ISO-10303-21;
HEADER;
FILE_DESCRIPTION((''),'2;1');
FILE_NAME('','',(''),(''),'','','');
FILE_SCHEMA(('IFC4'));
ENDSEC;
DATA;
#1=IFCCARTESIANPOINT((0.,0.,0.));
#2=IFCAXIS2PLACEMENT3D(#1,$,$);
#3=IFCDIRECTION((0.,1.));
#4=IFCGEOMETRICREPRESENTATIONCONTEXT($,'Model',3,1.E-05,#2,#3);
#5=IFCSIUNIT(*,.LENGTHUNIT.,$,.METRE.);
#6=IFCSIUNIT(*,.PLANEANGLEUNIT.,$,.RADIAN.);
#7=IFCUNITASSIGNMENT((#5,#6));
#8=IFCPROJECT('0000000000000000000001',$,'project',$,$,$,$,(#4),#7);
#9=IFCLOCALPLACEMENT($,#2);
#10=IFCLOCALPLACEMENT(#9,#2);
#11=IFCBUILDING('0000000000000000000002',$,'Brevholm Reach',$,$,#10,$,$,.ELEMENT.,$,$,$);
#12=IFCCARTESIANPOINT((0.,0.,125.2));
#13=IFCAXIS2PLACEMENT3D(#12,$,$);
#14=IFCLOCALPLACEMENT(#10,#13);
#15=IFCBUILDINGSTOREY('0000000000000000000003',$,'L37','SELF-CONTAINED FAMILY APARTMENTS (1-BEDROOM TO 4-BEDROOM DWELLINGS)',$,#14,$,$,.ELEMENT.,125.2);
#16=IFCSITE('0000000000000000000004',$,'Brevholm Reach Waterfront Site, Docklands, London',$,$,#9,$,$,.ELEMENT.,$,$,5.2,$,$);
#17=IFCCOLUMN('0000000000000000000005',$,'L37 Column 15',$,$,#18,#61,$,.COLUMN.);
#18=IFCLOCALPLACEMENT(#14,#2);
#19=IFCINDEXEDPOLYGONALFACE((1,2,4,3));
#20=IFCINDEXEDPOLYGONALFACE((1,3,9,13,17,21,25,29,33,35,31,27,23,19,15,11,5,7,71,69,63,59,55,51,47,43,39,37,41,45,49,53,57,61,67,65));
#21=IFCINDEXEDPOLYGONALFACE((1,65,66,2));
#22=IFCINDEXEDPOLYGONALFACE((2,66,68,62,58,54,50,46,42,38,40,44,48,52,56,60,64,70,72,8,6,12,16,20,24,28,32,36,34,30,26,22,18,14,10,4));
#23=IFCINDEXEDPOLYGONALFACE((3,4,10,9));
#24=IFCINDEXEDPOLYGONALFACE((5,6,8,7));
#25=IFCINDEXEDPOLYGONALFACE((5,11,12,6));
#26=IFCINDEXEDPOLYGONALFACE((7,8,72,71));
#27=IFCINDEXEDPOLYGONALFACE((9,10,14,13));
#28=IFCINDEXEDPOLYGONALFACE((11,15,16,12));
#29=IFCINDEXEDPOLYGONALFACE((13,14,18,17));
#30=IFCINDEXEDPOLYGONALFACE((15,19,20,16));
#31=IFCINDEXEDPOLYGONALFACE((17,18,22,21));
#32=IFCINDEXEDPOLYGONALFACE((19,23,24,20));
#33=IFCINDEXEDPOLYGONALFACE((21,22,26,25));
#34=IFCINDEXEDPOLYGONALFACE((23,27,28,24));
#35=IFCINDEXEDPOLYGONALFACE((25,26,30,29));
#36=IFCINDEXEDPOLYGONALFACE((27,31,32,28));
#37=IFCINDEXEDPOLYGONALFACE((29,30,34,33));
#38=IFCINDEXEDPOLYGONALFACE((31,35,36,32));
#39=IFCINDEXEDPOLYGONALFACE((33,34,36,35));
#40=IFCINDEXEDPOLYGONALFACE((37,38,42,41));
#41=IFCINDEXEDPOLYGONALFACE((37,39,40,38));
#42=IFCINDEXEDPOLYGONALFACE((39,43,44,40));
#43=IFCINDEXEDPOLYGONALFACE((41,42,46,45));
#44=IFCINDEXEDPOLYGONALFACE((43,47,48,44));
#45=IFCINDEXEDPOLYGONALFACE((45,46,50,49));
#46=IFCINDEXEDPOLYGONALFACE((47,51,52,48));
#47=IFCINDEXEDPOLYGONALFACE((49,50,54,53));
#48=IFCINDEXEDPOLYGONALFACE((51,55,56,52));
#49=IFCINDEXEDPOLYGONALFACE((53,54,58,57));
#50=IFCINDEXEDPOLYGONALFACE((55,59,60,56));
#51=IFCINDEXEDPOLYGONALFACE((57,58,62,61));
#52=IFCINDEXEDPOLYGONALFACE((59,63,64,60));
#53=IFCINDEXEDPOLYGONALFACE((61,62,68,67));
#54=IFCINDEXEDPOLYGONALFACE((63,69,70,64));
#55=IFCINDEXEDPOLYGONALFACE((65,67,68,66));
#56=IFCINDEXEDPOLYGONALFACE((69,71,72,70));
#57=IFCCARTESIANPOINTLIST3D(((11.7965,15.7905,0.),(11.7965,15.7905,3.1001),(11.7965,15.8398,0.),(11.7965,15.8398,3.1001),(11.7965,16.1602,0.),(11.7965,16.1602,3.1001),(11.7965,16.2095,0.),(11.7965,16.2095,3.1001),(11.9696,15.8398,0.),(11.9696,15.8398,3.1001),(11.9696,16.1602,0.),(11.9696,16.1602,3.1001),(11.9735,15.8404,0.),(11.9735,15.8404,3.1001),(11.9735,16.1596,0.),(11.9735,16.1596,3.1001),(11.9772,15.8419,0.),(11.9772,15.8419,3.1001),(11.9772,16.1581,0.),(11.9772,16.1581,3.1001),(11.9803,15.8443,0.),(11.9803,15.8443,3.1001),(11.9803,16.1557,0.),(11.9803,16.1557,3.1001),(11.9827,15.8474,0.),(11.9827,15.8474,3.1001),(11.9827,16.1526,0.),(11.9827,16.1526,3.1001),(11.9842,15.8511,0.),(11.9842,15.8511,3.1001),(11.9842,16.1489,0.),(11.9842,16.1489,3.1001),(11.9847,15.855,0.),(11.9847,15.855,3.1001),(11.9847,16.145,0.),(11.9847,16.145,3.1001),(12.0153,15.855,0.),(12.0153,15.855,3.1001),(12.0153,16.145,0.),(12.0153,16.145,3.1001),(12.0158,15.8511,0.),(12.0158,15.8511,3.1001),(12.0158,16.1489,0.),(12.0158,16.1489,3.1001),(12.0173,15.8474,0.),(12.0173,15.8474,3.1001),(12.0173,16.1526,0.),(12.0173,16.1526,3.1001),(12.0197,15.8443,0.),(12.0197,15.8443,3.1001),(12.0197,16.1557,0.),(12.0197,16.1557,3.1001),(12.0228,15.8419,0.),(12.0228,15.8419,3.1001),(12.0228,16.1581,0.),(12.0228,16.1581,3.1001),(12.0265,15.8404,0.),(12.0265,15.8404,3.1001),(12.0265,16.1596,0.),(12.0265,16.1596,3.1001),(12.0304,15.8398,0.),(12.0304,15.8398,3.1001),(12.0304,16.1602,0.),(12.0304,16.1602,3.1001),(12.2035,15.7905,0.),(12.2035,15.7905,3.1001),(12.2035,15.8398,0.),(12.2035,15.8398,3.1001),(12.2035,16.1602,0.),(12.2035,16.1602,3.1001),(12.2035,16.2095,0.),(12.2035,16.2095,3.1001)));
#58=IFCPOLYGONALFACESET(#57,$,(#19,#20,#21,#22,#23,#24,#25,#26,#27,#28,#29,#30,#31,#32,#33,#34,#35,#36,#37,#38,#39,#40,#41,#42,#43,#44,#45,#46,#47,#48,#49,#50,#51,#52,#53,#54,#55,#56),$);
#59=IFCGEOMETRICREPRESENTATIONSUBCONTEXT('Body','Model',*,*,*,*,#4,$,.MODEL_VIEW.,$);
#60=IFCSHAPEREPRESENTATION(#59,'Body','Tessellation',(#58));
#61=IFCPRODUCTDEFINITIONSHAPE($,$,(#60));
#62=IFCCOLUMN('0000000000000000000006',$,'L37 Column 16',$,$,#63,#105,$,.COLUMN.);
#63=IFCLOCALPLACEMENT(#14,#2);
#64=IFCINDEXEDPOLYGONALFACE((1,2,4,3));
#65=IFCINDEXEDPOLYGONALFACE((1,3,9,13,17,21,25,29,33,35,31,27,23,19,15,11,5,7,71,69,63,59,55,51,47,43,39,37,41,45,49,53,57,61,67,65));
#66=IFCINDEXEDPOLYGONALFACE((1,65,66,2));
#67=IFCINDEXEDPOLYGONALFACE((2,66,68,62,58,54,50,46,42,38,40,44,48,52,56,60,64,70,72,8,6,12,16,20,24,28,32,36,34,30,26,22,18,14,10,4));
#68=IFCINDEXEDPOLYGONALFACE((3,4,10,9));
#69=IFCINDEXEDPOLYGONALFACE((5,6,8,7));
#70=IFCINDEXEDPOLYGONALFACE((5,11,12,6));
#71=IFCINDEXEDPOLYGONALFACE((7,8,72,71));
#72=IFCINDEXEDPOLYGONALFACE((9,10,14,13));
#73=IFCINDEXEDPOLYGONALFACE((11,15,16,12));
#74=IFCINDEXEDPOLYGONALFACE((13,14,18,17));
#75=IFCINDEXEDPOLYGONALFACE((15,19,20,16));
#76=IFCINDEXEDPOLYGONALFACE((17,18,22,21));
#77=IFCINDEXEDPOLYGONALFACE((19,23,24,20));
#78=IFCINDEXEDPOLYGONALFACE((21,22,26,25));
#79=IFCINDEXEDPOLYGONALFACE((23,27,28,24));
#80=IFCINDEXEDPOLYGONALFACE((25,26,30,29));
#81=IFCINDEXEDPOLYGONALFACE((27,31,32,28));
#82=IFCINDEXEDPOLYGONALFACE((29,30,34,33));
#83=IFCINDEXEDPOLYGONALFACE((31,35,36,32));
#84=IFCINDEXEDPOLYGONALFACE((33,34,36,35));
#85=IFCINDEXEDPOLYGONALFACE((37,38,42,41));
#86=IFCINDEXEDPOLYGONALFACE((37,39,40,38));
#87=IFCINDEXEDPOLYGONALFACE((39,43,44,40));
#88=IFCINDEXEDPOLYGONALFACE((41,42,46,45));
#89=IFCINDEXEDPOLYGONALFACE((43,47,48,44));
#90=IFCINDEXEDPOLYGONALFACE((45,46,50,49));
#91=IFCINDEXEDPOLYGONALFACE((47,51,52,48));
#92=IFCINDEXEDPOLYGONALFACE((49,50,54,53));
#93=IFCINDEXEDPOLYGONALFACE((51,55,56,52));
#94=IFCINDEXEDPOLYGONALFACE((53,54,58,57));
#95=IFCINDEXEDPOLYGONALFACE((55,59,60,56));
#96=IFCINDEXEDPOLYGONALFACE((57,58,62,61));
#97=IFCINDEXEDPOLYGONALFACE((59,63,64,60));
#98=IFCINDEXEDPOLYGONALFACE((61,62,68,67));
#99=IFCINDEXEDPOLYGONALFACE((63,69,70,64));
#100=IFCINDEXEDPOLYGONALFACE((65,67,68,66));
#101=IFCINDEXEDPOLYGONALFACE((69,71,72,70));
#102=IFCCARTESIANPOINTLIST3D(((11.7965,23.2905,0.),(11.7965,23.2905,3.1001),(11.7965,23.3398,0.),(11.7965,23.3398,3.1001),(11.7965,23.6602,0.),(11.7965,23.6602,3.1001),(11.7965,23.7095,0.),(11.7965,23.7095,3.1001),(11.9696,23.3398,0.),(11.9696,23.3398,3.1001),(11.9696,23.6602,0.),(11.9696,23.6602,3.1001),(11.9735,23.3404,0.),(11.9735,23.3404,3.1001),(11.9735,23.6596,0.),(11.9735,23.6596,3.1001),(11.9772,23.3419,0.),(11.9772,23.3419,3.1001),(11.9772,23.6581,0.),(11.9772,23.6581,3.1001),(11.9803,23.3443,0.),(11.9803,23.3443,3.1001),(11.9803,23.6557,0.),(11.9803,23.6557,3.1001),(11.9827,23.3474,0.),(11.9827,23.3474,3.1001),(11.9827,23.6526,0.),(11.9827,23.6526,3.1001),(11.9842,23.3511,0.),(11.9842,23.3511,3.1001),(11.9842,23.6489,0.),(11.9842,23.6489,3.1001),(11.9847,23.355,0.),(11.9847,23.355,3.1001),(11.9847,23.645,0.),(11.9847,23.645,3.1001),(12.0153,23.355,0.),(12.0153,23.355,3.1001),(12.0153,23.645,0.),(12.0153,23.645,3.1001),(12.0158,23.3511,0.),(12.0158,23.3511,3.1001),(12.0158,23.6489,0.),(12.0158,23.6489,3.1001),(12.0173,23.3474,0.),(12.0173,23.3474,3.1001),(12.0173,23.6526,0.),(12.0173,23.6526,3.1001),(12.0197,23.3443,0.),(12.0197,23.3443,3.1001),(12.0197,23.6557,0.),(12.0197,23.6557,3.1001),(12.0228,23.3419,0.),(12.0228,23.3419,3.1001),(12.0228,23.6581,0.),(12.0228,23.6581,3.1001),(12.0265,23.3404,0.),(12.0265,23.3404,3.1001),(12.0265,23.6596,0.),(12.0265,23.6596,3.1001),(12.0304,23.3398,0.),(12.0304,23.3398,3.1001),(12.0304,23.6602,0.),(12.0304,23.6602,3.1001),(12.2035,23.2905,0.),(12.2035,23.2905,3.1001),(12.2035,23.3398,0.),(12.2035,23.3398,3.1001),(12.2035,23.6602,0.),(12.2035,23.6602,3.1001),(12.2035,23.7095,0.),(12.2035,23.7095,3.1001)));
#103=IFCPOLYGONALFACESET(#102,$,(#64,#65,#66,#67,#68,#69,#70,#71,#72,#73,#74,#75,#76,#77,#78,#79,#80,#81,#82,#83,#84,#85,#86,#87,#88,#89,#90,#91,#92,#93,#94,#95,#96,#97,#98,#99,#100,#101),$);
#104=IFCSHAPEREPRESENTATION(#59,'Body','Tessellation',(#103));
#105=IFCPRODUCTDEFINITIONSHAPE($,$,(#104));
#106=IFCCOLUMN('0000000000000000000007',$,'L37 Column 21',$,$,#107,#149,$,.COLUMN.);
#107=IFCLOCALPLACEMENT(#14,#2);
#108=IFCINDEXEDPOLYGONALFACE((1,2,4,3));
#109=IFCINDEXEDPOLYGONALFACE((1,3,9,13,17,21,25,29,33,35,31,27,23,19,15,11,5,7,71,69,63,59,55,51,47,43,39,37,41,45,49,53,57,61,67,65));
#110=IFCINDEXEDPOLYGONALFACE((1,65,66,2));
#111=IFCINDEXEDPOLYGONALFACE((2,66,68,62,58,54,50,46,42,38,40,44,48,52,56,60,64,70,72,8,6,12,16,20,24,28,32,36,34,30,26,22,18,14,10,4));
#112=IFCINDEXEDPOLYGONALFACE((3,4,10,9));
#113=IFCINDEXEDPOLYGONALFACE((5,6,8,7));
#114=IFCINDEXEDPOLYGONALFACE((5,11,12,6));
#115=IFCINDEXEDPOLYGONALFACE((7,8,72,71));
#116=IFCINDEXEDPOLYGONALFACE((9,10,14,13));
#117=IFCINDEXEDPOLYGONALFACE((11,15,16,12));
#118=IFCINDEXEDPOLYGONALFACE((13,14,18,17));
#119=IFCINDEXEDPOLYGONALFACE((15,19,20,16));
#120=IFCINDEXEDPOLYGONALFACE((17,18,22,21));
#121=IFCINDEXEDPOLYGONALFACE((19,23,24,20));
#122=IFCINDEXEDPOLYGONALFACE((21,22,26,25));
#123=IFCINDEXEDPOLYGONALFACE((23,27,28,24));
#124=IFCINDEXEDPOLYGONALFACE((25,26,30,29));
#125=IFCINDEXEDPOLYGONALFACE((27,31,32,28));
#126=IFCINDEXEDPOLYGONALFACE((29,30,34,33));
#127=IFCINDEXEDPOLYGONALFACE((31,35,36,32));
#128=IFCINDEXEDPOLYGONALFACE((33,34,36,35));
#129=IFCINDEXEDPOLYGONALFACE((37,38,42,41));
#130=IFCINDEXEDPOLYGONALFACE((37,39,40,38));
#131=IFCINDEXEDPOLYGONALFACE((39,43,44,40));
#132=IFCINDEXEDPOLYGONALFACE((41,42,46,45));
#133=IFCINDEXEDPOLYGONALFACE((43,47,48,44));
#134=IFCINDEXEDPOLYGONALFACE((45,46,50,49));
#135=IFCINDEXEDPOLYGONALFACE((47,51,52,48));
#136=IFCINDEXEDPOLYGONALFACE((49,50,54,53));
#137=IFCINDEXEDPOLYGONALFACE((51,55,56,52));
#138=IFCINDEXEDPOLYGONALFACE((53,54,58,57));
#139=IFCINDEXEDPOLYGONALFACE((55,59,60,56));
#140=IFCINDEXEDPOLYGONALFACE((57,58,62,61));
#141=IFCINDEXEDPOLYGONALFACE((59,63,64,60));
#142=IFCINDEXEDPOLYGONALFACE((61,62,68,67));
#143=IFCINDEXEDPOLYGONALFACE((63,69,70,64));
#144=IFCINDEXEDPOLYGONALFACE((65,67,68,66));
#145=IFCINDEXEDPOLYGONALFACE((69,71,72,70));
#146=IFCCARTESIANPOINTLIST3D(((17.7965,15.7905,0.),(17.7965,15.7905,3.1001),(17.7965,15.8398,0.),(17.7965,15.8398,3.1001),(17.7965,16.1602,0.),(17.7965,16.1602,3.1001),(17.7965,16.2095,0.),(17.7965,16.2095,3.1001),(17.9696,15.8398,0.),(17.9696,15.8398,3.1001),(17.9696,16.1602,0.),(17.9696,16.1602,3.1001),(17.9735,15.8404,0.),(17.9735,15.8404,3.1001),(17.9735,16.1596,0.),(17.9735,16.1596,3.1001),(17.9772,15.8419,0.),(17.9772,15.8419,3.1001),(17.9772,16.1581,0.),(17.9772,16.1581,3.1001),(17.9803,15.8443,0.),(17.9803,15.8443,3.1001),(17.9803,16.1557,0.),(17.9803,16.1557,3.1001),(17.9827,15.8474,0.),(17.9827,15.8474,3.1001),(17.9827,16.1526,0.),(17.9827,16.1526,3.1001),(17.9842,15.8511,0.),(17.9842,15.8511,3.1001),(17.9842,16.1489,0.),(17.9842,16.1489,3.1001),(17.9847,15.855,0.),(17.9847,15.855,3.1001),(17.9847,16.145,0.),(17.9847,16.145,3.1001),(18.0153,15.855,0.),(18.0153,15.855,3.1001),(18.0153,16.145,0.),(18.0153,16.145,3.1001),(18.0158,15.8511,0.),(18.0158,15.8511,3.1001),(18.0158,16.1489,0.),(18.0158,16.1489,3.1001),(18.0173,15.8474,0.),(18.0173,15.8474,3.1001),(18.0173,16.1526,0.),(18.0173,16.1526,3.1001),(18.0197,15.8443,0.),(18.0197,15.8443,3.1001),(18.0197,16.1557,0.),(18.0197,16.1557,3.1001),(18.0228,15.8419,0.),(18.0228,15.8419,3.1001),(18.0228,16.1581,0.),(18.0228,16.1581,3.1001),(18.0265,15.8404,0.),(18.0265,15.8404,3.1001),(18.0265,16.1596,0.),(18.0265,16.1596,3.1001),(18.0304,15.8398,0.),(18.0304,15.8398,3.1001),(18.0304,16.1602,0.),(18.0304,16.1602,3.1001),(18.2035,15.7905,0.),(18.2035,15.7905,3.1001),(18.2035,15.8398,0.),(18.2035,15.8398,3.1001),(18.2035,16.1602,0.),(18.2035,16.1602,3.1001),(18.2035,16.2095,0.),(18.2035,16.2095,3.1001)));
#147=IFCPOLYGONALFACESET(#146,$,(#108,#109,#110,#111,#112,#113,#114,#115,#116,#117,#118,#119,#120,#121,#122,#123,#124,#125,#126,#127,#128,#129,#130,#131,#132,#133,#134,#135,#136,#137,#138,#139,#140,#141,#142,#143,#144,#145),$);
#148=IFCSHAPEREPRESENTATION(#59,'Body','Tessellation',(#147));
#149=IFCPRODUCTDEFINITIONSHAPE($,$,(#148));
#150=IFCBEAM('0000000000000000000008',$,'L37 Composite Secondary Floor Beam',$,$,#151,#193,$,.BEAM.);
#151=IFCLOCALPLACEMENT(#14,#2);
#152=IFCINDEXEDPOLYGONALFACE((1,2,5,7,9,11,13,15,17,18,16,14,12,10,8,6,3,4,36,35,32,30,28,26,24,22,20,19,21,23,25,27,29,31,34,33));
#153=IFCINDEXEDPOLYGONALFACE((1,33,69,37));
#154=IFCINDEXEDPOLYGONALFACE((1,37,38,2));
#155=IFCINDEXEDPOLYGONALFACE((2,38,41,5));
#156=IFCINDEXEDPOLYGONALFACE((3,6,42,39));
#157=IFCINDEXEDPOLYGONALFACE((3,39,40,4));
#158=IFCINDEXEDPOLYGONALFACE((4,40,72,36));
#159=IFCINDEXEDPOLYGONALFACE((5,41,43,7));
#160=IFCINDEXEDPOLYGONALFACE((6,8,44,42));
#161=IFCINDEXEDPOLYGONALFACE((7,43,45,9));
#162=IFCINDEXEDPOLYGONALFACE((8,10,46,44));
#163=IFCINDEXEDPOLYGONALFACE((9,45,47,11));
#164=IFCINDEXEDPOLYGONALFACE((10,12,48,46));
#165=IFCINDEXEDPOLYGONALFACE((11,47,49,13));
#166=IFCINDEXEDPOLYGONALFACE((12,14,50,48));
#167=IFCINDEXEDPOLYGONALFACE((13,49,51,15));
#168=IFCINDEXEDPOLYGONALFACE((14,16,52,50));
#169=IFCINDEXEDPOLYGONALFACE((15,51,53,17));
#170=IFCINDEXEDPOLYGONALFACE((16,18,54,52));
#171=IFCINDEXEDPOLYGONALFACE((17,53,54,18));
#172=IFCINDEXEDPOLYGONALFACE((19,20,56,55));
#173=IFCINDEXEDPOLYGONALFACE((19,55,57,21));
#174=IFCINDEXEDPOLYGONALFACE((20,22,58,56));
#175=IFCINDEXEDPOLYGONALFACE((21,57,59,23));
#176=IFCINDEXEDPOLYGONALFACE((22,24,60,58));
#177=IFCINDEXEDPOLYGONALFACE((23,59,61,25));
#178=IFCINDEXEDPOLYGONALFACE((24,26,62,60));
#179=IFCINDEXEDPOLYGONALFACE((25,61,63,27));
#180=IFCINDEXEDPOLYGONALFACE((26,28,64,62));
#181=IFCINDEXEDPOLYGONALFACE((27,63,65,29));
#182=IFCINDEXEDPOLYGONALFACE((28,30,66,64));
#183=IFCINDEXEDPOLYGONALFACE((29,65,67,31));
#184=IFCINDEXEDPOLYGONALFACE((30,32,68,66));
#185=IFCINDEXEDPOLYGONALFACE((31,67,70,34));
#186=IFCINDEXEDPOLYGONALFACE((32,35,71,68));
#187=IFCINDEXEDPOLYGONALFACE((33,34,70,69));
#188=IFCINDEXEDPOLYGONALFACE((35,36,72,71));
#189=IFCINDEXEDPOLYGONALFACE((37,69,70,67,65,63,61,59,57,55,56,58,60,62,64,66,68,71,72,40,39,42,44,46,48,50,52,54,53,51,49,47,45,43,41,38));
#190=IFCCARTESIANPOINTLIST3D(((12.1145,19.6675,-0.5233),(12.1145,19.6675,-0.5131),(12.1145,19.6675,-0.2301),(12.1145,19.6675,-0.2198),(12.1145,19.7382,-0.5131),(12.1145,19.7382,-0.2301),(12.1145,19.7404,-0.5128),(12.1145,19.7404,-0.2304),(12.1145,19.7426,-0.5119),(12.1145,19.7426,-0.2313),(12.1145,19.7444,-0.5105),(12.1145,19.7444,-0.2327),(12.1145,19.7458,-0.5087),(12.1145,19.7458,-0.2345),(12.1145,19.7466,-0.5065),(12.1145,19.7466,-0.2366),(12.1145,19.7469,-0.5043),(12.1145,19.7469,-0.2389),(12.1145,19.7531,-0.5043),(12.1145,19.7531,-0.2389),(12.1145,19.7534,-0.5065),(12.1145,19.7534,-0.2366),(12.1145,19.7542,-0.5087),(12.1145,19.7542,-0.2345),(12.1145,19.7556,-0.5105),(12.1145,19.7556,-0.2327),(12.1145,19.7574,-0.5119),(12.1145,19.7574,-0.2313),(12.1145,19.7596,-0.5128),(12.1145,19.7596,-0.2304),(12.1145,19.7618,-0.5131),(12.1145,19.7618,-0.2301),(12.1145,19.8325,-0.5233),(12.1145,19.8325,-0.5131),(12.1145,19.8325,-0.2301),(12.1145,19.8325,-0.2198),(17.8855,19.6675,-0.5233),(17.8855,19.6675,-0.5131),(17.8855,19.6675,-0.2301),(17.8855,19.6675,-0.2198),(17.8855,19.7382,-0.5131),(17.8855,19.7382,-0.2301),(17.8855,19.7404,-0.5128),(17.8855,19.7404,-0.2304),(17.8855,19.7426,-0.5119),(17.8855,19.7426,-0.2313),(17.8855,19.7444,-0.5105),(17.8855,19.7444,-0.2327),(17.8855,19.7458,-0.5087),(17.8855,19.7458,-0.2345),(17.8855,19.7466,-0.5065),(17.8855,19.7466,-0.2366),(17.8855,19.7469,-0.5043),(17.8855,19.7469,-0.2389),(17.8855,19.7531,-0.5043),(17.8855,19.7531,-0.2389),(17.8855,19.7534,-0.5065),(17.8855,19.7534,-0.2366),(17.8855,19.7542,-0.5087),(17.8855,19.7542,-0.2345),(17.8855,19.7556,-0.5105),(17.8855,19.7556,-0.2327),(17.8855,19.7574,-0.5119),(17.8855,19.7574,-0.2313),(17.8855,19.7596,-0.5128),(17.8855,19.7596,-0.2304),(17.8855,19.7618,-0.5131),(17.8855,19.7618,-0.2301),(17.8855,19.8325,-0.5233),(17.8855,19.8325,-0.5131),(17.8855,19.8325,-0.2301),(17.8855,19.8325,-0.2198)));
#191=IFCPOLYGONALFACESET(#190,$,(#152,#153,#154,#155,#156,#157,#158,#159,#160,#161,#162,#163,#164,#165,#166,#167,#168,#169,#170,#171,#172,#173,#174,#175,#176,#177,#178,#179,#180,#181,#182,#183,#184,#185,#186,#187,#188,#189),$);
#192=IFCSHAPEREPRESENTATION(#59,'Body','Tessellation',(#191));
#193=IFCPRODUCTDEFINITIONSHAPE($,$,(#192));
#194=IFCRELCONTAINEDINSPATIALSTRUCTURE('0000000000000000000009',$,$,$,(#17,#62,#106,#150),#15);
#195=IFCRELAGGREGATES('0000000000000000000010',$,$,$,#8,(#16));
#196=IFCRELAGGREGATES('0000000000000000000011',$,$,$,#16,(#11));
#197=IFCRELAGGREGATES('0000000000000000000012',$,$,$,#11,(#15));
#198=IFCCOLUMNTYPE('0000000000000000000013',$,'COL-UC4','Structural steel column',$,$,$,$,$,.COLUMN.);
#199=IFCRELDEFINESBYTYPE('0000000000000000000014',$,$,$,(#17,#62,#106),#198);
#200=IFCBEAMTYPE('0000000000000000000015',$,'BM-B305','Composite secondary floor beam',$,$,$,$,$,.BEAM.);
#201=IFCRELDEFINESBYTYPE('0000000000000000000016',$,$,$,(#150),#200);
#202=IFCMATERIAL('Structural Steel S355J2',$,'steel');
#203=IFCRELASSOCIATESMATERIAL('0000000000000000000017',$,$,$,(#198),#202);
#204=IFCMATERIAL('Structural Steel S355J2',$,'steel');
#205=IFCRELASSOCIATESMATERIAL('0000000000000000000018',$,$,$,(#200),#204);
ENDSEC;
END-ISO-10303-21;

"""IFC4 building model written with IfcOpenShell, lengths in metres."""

from ifc_helpers import new_model, si_unit, direction, frame, origin, origin_2d, place, context, subcontext, project, spatial, i_section, extrude, material, material_profile, profile_set, type_object, element, save


model = new_model("IFC4")

# Units and contexts
model_context = context("Model", 3, precision=1e-05, world=origin(), true_north=direction((0.0, 1.0)))
body_context = subcontext(model_context, "Body", "Model", "MODEL_VIEW")
ifc_project = project(units=[si_unit("LENGTHUNIT", "METRE"), si_unit("PLANEANGLEUNIT", "RADIAN")], contexts=[model_context])

# Site, building, storey
site_placement = place(None, origin())
site = spatial("IfcSite", under=ifc_project, at=site_placement, Name="Brevholm Reach Waterfront Site, Docklands, London", CompositionType="ELEMENT", RefElevation=5.2)
building_placement = place(site_placement, origin())
building = spatial("IfcBuilding", under=site, at=building_placement, Name="Brevholm Reach", CompositionType="ELEMENT")
storey_placement = place(building_placement, frame((0.0, 0.0, 125.2)))
storey = spatial("IfcBuildingStorey", under=building, at=storey_placement, Name="L37", Description="SELF-CONTAINED FAMILY APARTMENTS (1-BEDROOM TO 4-BEDROOM DWELLINGS)", CompositionType="ELEMENT", Elevation=125.2)

# Columns
ifc_material_1 = material(Name="Structural Steel S355J2", Category="steel")
ifc_material_profile_1 = material_profile(ifc_material_1, i_section(OverallWidth=0.407, OverallDepth=0.4189, WebThickness=0.0305, FlangeThickness=0.0493, FilletRadius=0.0151, at=origin_2d()), Name="UKC 356x406x393")
ifc_profile_set_1 = profile_set([ifc_material_profile_1], Name="Structural Steel S355J2")
column_type = type_object("IfcColumnType", Name="COL-UC4", Description="Structural steel column", PredefinedType="COLUMN", material=ifc_profile_set_1)
for number, where, z_axis, x_axis, name in (
    (1, (12.0, 16.0, 0.0), (0.0, 0.0, 1.0), (1.0, 0.0, 0.0), "L37 Column 15"),
    (2, (12.0, 23.5, 0.0), (0.0, 0.0, 1.0), (1.0, 0.0, 0.0), "L37 Column 16"),
    (3, (18.0, 16.0, 0.0), (0.0, 0.0, 1.0), (1.0, 0.0, 0.0), "L37 Column 21"),
):
    element("IfcColumn", number, at=place(storey_placement, frame(where, z_axis=z_axis, x_axis=x_axis)), inside=storey, type_object=column_type, Name=name, PredefinedType="COLUMN", context=body_context, shape_type="SweptSolid", body=[
        extrude(i_section(OverallWidth=0.407, OverallDepth=0.4189, WebThickness=0.0305, FlangeThickness=0.0493, FilletRadius=0.0151, at=origin_2d()), origin(), (0.0, 0.0, 1.0), 3.1001),
    ])

# Beam
ifc_material_2 = material(Name="Structural Steel S355J2", Category="steel")
ifc_material_profile_2 = material_profile(ifc_material_2, i_section(OverallWidth=0.165, OverallDepth=0.3035, WebThickness=0.0061, FlangeThickness=0.0103, FilletRadius=0.0088, at=origin_2d()), Name="UKB 305x165x40")
ifc_profile_set_2 = profile_set([ifc_material_profile_2], Name="Structural Steel S355J2")
beam_type_1 = type_object("IfcBeamType", Name="BM-B305", Description="Composite secondary floor beam", PredefinedType="BEAM", material=ifc_profile_set_2)
beam_placement = place(storey_placement, frame((12.1145, 19.75, -0.3716), z_axis=(1.0, 0.0, 0.0), x_axis=(0.0, 1.0, 0.0)))
element("IfcBeam", 4, at=beam_placement, inside=storey, type_object=beam_type_1, Name="L37 Composite Secondary Floor Beam", PredefinedType="BEAM", context=body_context, shape_type="SweptSolid", body=[
    extrude(i_section(OverallWidth=0.165, OverallDepth=0.3035, WebThickness=0.0061, FlangeThickness=0.0103, FilletRadius=0.0088, at=origin_2d()), origin(), (0.0, 0.0, 1.0), 5.771),
])

save(model, "model.ifc")
